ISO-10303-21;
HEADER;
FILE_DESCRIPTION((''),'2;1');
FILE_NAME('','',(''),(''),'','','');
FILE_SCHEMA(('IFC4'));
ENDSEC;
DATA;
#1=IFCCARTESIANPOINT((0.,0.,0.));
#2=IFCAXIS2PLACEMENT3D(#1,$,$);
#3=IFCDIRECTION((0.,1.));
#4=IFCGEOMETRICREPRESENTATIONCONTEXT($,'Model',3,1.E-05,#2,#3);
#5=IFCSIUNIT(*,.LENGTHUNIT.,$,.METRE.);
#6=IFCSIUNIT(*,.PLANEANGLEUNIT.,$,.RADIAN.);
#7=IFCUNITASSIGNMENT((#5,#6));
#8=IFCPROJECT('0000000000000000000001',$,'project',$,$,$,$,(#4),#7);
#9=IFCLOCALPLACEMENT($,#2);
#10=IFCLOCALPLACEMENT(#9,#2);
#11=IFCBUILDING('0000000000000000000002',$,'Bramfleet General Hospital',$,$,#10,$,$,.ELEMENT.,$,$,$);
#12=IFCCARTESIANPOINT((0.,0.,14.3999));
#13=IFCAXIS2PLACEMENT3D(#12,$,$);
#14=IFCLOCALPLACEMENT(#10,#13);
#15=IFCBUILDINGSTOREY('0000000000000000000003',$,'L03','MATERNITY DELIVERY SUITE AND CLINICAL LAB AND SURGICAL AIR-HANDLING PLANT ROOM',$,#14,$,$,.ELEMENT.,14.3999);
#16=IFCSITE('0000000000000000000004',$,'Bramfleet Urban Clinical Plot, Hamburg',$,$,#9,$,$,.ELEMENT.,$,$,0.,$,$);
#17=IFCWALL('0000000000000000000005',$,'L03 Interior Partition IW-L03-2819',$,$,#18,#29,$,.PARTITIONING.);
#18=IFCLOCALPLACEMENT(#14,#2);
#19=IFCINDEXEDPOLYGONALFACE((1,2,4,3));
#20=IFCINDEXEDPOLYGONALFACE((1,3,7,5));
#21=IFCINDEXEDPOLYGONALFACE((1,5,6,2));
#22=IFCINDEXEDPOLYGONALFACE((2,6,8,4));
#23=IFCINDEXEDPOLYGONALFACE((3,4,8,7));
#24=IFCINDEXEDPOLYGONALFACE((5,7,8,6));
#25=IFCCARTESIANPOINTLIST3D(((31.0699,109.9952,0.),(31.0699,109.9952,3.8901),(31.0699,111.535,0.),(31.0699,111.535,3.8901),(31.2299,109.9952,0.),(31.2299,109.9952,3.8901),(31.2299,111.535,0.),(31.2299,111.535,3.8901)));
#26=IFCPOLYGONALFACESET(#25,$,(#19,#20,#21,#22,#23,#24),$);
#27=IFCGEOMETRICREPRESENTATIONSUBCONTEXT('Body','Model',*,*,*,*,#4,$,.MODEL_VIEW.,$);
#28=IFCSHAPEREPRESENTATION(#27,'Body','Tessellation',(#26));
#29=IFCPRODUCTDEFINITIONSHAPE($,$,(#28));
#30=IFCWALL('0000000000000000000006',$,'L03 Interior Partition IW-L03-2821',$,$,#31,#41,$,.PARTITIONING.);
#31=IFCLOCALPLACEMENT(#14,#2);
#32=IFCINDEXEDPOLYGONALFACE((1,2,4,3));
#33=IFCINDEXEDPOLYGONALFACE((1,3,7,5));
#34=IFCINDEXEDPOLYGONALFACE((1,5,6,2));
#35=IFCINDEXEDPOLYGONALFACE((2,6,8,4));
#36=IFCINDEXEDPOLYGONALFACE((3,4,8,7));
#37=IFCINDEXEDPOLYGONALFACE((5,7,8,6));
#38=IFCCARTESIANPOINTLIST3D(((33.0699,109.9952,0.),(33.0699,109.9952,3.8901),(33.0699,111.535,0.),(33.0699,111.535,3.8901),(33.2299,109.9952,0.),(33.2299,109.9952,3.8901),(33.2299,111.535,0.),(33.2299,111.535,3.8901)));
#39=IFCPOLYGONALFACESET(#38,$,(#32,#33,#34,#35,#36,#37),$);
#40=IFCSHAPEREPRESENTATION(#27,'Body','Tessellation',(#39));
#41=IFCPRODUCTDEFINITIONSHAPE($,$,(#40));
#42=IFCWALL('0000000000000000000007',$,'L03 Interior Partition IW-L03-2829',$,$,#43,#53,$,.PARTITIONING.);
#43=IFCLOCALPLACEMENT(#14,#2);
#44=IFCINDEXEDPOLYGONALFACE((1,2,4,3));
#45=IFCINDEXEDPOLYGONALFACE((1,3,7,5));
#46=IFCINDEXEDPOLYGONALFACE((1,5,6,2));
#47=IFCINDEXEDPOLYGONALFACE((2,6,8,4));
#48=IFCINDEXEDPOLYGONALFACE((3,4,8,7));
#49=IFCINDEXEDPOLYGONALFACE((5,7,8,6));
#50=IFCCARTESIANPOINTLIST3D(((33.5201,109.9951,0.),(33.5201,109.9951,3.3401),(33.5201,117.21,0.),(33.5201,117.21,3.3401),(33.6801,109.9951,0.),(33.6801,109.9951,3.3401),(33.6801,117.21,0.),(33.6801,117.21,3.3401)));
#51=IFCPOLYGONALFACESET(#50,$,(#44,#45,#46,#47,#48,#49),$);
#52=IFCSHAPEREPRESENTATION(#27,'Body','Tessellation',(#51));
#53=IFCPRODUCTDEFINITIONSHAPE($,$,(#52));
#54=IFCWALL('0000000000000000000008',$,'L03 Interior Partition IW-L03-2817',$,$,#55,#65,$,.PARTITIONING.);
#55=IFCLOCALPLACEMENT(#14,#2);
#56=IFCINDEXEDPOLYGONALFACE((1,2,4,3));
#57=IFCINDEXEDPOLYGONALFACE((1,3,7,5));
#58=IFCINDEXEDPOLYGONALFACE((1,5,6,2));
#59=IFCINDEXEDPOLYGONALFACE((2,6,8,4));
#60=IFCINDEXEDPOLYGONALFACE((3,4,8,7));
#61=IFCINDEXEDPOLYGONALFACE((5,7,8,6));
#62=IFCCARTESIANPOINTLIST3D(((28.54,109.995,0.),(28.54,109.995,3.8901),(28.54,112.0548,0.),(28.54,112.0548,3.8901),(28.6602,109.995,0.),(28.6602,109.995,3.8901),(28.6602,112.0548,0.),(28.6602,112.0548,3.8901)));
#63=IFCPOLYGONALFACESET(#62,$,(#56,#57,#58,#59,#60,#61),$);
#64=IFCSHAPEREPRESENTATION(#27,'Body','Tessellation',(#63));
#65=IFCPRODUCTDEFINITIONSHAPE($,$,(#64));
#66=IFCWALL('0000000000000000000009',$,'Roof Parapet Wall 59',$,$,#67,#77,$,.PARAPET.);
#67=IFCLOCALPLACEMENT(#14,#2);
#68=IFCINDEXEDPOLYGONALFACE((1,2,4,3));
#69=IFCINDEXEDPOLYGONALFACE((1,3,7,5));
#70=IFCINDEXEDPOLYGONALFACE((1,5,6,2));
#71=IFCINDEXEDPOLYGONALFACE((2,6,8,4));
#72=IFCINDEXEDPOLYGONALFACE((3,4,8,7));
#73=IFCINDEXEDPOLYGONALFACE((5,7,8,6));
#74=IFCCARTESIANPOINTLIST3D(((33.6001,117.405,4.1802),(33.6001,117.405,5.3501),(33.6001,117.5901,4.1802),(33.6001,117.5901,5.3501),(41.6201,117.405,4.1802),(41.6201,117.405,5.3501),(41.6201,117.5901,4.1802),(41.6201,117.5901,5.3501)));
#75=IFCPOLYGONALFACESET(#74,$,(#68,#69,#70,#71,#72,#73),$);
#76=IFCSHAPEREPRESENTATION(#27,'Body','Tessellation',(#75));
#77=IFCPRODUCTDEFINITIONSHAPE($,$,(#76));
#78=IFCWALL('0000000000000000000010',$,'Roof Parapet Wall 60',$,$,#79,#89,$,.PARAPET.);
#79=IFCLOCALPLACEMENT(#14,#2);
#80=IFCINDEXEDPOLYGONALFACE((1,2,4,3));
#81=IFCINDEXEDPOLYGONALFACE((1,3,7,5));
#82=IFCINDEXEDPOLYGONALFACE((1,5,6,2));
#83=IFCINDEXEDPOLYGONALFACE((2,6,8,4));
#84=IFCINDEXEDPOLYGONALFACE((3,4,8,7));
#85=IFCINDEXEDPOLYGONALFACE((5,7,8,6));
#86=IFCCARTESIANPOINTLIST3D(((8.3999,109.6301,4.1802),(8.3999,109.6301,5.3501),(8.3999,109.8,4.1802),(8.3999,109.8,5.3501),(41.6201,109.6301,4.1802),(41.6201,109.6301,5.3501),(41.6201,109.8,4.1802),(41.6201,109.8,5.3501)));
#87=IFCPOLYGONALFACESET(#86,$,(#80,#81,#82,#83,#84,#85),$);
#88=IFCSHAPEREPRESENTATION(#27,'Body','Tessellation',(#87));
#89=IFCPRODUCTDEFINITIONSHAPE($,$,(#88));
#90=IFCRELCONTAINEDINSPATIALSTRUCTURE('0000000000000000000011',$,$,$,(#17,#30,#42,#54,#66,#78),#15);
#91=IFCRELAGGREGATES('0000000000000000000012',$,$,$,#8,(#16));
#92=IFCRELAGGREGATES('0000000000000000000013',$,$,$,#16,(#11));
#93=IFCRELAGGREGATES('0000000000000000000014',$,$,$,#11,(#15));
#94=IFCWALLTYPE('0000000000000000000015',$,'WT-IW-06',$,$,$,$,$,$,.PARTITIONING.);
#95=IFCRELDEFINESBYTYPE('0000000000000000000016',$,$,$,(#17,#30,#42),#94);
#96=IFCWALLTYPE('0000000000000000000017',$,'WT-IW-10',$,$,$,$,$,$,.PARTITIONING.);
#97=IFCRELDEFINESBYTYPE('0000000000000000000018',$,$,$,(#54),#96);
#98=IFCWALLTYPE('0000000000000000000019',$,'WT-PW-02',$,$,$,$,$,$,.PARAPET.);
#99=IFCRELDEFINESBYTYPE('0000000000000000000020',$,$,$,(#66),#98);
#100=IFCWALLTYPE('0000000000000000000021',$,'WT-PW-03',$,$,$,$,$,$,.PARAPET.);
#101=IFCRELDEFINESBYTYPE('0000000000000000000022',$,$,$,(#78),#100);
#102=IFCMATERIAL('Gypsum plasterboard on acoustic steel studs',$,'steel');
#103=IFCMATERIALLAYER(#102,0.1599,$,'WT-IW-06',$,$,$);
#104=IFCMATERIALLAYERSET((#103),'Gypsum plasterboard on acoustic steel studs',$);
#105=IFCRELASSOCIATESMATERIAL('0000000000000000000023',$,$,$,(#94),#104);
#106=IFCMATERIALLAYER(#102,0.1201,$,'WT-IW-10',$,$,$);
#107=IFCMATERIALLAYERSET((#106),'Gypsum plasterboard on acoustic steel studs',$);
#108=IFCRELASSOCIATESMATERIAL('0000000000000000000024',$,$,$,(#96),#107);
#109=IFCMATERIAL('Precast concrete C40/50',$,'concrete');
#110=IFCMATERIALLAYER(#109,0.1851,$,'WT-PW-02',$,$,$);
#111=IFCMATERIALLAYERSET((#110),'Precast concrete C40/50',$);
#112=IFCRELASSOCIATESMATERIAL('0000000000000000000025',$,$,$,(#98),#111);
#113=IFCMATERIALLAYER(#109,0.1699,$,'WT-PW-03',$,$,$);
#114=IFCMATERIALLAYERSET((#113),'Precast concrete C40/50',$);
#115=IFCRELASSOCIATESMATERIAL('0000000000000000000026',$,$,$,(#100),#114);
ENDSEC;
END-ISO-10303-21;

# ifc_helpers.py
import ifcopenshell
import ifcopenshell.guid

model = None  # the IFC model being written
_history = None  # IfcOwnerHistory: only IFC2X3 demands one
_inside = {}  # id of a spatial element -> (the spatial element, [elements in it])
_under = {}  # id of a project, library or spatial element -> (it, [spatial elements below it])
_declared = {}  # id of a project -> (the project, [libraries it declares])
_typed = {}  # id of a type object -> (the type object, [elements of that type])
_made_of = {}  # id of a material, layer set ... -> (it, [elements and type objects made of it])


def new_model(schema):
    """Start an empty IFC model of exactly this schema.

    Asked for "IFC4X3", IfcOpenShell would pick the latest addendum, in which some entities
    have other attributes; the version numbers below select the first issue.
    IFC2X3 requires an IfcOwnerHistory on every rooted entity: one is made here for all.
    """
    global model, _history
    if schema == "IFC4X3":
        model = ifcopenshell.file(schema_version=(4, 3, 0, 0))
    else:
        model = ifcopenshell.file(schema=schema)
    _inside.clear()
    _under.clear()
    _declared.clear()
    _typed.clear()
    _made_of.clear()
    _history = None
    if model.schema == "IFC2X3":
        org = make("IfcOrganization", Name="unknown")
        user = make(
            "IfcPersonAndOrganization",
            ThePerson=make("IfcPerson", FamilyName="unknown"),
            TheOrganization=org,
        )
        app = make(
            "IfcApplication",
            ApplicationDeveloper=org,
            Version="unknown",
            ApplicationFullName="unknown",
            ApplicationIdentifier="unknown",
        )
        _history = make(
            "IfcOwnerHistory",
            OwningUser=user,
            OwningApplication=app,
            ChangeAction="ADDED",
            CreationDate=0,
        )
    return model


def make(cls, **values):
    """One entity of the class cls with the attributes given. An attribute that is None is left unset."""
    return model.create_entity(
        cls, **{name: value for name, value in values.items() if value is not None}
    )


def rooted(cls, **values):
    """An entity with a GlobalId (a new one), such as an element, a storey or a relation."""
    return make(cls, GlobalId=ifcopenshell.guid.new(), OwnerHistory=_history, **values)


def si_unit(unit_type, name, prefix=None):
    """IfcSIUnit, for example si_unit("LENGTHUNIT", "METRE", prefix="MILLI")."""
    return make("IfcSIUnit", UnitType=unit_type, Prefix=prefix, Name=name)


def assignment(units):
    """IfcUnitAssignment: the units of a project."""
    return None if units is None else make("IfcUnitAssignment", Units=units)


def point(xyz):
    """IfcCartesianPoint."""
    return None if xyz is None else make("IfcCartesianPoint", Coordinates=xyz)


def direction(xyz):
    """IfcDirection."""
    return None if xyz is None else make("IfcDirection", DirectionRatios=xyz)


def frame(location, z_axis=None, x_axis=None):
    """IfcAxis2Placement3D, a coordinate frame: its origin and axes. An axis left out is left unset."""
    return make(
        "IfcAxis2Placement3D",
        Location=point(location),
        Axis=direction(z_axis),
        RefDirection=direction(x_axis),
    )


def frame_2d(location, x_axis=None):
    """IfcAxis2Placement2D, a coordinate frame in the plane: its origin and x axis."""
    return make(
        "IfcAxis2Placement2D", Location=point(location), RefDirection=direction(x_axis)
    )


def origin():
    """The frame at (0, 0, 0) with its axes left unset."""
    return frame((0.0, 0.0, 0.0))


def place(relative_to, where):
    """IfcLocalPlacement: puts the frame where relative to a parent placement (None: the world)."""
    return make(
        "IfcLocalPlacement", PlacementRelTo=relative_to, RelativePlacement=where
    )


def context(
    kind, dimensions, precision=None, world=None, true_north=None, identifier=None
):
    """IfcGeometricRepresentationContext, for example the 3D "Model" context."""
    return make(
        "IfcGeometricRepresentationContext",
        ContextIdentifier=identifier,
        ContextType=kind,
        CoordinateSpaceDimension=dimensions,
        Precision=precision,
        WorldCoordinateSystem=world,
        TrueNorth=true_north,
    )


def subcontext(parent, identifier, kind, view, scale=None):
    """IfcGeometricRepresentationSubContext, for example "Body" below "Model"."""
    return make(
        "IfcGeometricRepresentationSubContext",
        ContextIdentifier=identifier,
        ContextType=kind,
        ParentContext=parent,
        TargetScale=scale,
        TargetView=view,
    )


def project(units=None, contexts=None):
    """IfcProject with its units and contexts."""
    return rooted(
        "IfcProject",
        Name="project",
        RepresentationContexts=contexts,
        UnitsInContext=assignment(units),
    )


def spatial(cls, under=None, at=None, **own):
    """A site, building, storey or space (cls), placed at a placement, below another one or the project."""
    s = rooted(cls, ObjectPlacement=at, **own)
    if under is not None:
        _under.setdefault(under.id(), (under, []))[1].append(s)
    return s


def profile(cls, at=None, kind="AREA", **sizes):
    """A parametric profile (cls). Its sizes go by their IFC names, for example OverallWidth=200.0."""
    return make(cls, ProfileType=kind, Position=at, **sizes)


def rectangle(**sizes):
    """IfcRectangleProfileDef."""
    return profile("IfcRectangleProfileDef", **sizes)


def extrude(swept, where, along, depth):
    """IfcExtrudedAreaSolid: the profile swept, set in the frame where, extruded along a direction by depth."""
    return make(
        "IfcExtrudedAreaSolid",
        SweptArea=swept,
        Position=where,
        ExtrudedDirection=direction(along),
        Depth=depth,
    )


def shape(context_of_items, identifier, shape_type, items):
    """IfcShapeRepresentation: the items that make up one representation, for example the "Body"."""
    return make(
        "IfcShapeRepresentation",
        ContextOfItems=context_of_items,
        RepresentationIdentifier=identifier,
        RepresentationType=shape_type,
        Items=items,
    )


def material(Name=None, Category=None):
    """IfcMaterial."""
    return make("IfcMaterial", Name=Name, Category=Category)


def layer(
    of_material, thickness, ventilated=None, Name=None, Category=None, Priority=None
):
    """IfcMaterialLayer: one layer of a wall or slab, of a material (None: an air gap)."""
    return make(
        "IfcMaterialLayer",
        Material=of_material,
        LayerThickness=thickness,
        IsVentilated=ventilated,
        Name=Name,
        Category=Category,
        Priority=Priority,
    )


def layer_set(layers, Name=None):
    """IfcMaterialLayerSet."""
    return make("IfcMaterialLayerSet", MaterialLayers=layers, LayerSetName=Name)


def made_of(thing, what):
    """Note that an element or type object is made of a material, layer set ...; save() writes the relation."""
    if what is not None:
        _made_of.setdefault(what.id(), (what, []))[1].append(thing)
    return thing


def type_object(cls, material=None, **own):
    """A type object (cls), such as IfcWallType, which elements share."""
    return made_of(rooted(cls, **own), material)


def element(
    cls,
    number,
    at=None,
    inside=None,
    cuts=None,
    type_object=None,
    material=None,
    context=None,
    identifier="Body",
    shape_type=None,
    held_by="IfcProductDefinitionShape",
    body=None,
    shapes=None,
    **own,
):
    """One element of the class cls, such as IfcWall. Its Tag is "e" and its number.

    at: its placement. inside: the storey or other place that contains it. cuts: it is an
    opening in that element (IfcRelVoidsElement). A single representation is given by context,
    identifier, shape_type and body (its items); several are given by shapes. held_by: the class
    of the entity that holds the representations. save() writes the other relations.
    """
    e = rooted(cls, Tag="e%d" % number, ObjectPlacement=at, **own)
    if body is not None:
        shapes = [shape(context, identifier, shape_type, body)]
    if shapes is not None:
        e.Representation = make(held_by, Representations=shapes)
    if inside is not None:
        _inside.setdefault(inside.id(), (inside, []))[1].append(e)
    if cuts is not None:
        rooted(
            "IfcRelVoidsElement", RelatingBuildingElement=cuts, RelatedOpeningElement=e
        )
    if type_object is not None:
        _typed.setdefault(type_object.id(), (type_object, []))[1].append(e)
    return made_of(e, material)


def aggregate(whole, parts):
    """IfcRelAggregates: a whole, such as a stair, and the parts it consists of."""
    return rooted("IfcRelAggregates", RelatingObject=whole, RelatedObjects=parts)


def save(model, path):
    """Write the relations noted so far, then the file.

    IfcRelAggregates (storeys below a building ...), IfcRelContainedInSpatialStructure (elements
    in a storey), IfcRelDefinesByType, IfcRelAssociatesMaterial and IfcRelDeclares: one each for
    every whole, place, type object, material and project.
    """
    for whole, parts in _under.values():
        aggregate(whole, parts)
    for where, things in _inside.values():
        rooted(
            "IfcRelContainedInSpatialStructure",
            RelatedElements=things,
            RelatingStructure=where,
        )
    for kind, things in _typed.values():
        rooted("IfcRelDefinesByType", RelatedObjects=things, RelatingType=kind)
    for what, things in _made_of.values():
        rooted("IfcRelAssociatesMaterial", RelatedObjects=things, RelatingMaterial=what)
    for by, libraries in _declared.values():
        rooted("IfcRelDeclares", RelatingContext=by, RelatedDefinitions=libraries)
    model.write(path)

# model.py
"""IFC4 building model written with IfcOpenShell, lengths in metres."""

from ifc_helpers import new_model, si_unit, direction, frame, frame_2d, origin, place, context, subcontext, project, spatial, rectangle, extrude, material, layer, layer_set, type_object, element, save


model = new_model("IFC4")

# Units and contexts
model_context = context("Model", 3, precision=1e-05, world=origin(), true_north=direction((0.0, 1.0)))
body_context = subcontext(model_context, "Body", "Model", "MODEL_VIEW")
ifc_project = project(units=[si_unit("LENGTHUNIT", "METRE"), si_unit("PLANEANGLEUNIT", "RADIAN")], contexts=[model_context])

# Site, building, storey
site_placement = place(None, origin())
site = spatial("IfcSite", under=ifc_project, at=site_placement, Name="Bramfleet Urban Clinical Plot, Hamburg", CompositionType="ELEMENT", RefElevation=0.0)
building_placement = place(site_placement, origin())
building = spatial("IfcBuilding", under=site, at=building_placement, Name="Bramfleet General Hospital", CompositionType="ELEMENT")
storey_placement = place(building_placement, frame((0.0, 0.0, 14.3999)))
storey = spatial("IfcBuildingStorey", under=building, at=storey_placement, Name="L03", Description="MATERNITY DELIVERY SUITE AND CLINICAL LAB AND SURGICAL AIR-HANDLING PLANT ROOM", CompositionType="ELEMENT", Elevation=14.3999)

# Shared definitions
ifc_material_1 = material(Name="Gypsum plasterboard on acoustic steel studs", Category="steel")
ifc_layer_1 = layer(ifc_material_1, 0.1599, Name="WT-IW-06")
ifc_layer_set_1 = layer_set([ifc_layer_1], Name="Gypsum plasterboard on acoustic steel studs")
wall_type_1 = type_object("IfcWallType", Name="WT-IW-06", PredefinedType="PARTITIONING", material=ifc_layer_set_1)

# Walls
for number, where, z_axis, x_axis, name in (
    (1, (31.1499, 109.9951, 0.0), (0.0, 0.0, 1.0), (0.0, 1.0, 0.0), "L03 Interior Partition IW-L03-2819"),
    (2, (33.1499, 109.9951, 0.0), (0.0, 0.0, 1.0), (0.0, 1.0, 0.0), "L03 Interior Partition IW-L03-2821"),
):
    element("IfcWall", number, at=place(storey_placement, frame(where, z_axis=z_axis, x_axis=x_axis)), inside=storey, type_object=wall_type_1, Name=name, PredefinedType="PARTITIONING", context=body_context, shape_type="SweptSolid", body=[
        extrude(rectangle(XDim=1.5398, YDim=0.1599, at=frame_2d((0.77, 0.0))), origin(), (0.0, 0.0, 1.0), 3.8901),
    ])
wall_1_placement = place(storey_placement, frame((33.6001, 109.9951, 0.0), z_axis=(0.0, 0.0, 1.0), x_axis=(0.0, 1.0, 0.0)))
element("IfcWall", 3, at=wall_1_placement, inside=storey, type_object=wall_type_1, Name="L03 Interior Partition IW-L03-2829", PredefinedType="PARTITIONING", context=body_context, shape_type="SweptSolid", body=[
    extrude(rectangle(XDim=7.2148, YDim=0.1599, at=frame_2d((3.6074, 0.0))), origin(), (0.0, 0.0, 1.0), 3.3401),
])
ifc_layer_2 = layer(ifc_material_1, 0.1201, Name="WT-IW-10")
ifc_layer_set_2 = layer_set([ifc_layer_2], Name="Gypsum plasterboard on acoustic steel studs")
wall_type_2 = type_object("IfcWallType", Name="WT-IW-10", PredefinedType="PARTITIONING", material=ifc_layer_set_2)
wall_2_placement = place(storey_placement, frame((28.6001, 109.9951, 0.0), z_axis=(0.0, 0.0, 1.0), x_axis=(0.0, 1.0, 0.0)))
element("IfcWall", 4, at=wall_2_placement, inside=storey, type_object=wall_type_2, Name="L03 Interior Partition IW-L03-2817", PredefinedType="PARTITIONING", context=body_context, shape_type="SweptSolid", body=[
    extrude(rectangle(XDim=2.0598, YDim=0.1201, at=frame_2d((1.0298, 0.0))), origin(), (0.0, 0.0, 1.0), 3.8901),
])
ifc_material_2 = material(Name="Precast concrete C40/50", Category="concrete")
ifc_layer_3 = layer(ifc_material_2, 0.1851, Name="WT-PW-02")
ifc_layer_set_3 = layer_set([ifc_layer_3], Name="Precast concrete C40/50")
wall_type_3 = type_object("IfcWallType", Name="WT-PW-02", PredefinedType="PARAPET", material=ifc_layer_set_3)
wall_3_placement = place(storey_placement, frame((33.6001, 117.4976, 4.1802), z_axis=(0.0, 0.0, 1.0), x_axis=(1.0, 0.0, 0.0)))
element("IfcWall", 5, at=wall_3_placement, inside=storey, type_object=wall_type_3, Name="Roof Parapet Wall 59", PredefinedType="PARAPET", context=body_context, shape_type="SweptSolid", body=[
    extrude(rectangle(XDim=8.02, YDim=0.1851, at=frame_2d((4.01, 0.0))), origin(), (0.0, 0.0, 1.0), 1.1699),
])
ifc_layer_4 = layer(ifc_material_2, 0.1699, Name="WT-PW-03")
ifc_layer_set_4 = layer_set([ifc_layer_4], Name="Precast concrete C40/50")
wall_type_4 = type_object("IfcWallType", Name="WT-PW-03", PredefinedType="PARAPET", material=ifc_layer_set_4)
wall_4_placement = place(storey_placement, frame((41.6201, 109.7151, 4.1802), z_axis=(0.0, 0.0, 1.0), x_axis=(-1.0, 0.0, 0.0)))
element("IfcWall", 6, at=wall_4_placement, inside=storey, type_object=wall_type_4, Name="Roof Parapet Wall 60", PredefinedType="PARAPET", context=body_context, shape_type="SweptSolid", body=[
    extrude(rectangle(XDim=33.2202, YDim=0.1699, at=frame_2d((16.6101, 0.0))), origin(), (0.0, 0.0, 1.0), 1.1699),
])

save(model, "model.ifc")
